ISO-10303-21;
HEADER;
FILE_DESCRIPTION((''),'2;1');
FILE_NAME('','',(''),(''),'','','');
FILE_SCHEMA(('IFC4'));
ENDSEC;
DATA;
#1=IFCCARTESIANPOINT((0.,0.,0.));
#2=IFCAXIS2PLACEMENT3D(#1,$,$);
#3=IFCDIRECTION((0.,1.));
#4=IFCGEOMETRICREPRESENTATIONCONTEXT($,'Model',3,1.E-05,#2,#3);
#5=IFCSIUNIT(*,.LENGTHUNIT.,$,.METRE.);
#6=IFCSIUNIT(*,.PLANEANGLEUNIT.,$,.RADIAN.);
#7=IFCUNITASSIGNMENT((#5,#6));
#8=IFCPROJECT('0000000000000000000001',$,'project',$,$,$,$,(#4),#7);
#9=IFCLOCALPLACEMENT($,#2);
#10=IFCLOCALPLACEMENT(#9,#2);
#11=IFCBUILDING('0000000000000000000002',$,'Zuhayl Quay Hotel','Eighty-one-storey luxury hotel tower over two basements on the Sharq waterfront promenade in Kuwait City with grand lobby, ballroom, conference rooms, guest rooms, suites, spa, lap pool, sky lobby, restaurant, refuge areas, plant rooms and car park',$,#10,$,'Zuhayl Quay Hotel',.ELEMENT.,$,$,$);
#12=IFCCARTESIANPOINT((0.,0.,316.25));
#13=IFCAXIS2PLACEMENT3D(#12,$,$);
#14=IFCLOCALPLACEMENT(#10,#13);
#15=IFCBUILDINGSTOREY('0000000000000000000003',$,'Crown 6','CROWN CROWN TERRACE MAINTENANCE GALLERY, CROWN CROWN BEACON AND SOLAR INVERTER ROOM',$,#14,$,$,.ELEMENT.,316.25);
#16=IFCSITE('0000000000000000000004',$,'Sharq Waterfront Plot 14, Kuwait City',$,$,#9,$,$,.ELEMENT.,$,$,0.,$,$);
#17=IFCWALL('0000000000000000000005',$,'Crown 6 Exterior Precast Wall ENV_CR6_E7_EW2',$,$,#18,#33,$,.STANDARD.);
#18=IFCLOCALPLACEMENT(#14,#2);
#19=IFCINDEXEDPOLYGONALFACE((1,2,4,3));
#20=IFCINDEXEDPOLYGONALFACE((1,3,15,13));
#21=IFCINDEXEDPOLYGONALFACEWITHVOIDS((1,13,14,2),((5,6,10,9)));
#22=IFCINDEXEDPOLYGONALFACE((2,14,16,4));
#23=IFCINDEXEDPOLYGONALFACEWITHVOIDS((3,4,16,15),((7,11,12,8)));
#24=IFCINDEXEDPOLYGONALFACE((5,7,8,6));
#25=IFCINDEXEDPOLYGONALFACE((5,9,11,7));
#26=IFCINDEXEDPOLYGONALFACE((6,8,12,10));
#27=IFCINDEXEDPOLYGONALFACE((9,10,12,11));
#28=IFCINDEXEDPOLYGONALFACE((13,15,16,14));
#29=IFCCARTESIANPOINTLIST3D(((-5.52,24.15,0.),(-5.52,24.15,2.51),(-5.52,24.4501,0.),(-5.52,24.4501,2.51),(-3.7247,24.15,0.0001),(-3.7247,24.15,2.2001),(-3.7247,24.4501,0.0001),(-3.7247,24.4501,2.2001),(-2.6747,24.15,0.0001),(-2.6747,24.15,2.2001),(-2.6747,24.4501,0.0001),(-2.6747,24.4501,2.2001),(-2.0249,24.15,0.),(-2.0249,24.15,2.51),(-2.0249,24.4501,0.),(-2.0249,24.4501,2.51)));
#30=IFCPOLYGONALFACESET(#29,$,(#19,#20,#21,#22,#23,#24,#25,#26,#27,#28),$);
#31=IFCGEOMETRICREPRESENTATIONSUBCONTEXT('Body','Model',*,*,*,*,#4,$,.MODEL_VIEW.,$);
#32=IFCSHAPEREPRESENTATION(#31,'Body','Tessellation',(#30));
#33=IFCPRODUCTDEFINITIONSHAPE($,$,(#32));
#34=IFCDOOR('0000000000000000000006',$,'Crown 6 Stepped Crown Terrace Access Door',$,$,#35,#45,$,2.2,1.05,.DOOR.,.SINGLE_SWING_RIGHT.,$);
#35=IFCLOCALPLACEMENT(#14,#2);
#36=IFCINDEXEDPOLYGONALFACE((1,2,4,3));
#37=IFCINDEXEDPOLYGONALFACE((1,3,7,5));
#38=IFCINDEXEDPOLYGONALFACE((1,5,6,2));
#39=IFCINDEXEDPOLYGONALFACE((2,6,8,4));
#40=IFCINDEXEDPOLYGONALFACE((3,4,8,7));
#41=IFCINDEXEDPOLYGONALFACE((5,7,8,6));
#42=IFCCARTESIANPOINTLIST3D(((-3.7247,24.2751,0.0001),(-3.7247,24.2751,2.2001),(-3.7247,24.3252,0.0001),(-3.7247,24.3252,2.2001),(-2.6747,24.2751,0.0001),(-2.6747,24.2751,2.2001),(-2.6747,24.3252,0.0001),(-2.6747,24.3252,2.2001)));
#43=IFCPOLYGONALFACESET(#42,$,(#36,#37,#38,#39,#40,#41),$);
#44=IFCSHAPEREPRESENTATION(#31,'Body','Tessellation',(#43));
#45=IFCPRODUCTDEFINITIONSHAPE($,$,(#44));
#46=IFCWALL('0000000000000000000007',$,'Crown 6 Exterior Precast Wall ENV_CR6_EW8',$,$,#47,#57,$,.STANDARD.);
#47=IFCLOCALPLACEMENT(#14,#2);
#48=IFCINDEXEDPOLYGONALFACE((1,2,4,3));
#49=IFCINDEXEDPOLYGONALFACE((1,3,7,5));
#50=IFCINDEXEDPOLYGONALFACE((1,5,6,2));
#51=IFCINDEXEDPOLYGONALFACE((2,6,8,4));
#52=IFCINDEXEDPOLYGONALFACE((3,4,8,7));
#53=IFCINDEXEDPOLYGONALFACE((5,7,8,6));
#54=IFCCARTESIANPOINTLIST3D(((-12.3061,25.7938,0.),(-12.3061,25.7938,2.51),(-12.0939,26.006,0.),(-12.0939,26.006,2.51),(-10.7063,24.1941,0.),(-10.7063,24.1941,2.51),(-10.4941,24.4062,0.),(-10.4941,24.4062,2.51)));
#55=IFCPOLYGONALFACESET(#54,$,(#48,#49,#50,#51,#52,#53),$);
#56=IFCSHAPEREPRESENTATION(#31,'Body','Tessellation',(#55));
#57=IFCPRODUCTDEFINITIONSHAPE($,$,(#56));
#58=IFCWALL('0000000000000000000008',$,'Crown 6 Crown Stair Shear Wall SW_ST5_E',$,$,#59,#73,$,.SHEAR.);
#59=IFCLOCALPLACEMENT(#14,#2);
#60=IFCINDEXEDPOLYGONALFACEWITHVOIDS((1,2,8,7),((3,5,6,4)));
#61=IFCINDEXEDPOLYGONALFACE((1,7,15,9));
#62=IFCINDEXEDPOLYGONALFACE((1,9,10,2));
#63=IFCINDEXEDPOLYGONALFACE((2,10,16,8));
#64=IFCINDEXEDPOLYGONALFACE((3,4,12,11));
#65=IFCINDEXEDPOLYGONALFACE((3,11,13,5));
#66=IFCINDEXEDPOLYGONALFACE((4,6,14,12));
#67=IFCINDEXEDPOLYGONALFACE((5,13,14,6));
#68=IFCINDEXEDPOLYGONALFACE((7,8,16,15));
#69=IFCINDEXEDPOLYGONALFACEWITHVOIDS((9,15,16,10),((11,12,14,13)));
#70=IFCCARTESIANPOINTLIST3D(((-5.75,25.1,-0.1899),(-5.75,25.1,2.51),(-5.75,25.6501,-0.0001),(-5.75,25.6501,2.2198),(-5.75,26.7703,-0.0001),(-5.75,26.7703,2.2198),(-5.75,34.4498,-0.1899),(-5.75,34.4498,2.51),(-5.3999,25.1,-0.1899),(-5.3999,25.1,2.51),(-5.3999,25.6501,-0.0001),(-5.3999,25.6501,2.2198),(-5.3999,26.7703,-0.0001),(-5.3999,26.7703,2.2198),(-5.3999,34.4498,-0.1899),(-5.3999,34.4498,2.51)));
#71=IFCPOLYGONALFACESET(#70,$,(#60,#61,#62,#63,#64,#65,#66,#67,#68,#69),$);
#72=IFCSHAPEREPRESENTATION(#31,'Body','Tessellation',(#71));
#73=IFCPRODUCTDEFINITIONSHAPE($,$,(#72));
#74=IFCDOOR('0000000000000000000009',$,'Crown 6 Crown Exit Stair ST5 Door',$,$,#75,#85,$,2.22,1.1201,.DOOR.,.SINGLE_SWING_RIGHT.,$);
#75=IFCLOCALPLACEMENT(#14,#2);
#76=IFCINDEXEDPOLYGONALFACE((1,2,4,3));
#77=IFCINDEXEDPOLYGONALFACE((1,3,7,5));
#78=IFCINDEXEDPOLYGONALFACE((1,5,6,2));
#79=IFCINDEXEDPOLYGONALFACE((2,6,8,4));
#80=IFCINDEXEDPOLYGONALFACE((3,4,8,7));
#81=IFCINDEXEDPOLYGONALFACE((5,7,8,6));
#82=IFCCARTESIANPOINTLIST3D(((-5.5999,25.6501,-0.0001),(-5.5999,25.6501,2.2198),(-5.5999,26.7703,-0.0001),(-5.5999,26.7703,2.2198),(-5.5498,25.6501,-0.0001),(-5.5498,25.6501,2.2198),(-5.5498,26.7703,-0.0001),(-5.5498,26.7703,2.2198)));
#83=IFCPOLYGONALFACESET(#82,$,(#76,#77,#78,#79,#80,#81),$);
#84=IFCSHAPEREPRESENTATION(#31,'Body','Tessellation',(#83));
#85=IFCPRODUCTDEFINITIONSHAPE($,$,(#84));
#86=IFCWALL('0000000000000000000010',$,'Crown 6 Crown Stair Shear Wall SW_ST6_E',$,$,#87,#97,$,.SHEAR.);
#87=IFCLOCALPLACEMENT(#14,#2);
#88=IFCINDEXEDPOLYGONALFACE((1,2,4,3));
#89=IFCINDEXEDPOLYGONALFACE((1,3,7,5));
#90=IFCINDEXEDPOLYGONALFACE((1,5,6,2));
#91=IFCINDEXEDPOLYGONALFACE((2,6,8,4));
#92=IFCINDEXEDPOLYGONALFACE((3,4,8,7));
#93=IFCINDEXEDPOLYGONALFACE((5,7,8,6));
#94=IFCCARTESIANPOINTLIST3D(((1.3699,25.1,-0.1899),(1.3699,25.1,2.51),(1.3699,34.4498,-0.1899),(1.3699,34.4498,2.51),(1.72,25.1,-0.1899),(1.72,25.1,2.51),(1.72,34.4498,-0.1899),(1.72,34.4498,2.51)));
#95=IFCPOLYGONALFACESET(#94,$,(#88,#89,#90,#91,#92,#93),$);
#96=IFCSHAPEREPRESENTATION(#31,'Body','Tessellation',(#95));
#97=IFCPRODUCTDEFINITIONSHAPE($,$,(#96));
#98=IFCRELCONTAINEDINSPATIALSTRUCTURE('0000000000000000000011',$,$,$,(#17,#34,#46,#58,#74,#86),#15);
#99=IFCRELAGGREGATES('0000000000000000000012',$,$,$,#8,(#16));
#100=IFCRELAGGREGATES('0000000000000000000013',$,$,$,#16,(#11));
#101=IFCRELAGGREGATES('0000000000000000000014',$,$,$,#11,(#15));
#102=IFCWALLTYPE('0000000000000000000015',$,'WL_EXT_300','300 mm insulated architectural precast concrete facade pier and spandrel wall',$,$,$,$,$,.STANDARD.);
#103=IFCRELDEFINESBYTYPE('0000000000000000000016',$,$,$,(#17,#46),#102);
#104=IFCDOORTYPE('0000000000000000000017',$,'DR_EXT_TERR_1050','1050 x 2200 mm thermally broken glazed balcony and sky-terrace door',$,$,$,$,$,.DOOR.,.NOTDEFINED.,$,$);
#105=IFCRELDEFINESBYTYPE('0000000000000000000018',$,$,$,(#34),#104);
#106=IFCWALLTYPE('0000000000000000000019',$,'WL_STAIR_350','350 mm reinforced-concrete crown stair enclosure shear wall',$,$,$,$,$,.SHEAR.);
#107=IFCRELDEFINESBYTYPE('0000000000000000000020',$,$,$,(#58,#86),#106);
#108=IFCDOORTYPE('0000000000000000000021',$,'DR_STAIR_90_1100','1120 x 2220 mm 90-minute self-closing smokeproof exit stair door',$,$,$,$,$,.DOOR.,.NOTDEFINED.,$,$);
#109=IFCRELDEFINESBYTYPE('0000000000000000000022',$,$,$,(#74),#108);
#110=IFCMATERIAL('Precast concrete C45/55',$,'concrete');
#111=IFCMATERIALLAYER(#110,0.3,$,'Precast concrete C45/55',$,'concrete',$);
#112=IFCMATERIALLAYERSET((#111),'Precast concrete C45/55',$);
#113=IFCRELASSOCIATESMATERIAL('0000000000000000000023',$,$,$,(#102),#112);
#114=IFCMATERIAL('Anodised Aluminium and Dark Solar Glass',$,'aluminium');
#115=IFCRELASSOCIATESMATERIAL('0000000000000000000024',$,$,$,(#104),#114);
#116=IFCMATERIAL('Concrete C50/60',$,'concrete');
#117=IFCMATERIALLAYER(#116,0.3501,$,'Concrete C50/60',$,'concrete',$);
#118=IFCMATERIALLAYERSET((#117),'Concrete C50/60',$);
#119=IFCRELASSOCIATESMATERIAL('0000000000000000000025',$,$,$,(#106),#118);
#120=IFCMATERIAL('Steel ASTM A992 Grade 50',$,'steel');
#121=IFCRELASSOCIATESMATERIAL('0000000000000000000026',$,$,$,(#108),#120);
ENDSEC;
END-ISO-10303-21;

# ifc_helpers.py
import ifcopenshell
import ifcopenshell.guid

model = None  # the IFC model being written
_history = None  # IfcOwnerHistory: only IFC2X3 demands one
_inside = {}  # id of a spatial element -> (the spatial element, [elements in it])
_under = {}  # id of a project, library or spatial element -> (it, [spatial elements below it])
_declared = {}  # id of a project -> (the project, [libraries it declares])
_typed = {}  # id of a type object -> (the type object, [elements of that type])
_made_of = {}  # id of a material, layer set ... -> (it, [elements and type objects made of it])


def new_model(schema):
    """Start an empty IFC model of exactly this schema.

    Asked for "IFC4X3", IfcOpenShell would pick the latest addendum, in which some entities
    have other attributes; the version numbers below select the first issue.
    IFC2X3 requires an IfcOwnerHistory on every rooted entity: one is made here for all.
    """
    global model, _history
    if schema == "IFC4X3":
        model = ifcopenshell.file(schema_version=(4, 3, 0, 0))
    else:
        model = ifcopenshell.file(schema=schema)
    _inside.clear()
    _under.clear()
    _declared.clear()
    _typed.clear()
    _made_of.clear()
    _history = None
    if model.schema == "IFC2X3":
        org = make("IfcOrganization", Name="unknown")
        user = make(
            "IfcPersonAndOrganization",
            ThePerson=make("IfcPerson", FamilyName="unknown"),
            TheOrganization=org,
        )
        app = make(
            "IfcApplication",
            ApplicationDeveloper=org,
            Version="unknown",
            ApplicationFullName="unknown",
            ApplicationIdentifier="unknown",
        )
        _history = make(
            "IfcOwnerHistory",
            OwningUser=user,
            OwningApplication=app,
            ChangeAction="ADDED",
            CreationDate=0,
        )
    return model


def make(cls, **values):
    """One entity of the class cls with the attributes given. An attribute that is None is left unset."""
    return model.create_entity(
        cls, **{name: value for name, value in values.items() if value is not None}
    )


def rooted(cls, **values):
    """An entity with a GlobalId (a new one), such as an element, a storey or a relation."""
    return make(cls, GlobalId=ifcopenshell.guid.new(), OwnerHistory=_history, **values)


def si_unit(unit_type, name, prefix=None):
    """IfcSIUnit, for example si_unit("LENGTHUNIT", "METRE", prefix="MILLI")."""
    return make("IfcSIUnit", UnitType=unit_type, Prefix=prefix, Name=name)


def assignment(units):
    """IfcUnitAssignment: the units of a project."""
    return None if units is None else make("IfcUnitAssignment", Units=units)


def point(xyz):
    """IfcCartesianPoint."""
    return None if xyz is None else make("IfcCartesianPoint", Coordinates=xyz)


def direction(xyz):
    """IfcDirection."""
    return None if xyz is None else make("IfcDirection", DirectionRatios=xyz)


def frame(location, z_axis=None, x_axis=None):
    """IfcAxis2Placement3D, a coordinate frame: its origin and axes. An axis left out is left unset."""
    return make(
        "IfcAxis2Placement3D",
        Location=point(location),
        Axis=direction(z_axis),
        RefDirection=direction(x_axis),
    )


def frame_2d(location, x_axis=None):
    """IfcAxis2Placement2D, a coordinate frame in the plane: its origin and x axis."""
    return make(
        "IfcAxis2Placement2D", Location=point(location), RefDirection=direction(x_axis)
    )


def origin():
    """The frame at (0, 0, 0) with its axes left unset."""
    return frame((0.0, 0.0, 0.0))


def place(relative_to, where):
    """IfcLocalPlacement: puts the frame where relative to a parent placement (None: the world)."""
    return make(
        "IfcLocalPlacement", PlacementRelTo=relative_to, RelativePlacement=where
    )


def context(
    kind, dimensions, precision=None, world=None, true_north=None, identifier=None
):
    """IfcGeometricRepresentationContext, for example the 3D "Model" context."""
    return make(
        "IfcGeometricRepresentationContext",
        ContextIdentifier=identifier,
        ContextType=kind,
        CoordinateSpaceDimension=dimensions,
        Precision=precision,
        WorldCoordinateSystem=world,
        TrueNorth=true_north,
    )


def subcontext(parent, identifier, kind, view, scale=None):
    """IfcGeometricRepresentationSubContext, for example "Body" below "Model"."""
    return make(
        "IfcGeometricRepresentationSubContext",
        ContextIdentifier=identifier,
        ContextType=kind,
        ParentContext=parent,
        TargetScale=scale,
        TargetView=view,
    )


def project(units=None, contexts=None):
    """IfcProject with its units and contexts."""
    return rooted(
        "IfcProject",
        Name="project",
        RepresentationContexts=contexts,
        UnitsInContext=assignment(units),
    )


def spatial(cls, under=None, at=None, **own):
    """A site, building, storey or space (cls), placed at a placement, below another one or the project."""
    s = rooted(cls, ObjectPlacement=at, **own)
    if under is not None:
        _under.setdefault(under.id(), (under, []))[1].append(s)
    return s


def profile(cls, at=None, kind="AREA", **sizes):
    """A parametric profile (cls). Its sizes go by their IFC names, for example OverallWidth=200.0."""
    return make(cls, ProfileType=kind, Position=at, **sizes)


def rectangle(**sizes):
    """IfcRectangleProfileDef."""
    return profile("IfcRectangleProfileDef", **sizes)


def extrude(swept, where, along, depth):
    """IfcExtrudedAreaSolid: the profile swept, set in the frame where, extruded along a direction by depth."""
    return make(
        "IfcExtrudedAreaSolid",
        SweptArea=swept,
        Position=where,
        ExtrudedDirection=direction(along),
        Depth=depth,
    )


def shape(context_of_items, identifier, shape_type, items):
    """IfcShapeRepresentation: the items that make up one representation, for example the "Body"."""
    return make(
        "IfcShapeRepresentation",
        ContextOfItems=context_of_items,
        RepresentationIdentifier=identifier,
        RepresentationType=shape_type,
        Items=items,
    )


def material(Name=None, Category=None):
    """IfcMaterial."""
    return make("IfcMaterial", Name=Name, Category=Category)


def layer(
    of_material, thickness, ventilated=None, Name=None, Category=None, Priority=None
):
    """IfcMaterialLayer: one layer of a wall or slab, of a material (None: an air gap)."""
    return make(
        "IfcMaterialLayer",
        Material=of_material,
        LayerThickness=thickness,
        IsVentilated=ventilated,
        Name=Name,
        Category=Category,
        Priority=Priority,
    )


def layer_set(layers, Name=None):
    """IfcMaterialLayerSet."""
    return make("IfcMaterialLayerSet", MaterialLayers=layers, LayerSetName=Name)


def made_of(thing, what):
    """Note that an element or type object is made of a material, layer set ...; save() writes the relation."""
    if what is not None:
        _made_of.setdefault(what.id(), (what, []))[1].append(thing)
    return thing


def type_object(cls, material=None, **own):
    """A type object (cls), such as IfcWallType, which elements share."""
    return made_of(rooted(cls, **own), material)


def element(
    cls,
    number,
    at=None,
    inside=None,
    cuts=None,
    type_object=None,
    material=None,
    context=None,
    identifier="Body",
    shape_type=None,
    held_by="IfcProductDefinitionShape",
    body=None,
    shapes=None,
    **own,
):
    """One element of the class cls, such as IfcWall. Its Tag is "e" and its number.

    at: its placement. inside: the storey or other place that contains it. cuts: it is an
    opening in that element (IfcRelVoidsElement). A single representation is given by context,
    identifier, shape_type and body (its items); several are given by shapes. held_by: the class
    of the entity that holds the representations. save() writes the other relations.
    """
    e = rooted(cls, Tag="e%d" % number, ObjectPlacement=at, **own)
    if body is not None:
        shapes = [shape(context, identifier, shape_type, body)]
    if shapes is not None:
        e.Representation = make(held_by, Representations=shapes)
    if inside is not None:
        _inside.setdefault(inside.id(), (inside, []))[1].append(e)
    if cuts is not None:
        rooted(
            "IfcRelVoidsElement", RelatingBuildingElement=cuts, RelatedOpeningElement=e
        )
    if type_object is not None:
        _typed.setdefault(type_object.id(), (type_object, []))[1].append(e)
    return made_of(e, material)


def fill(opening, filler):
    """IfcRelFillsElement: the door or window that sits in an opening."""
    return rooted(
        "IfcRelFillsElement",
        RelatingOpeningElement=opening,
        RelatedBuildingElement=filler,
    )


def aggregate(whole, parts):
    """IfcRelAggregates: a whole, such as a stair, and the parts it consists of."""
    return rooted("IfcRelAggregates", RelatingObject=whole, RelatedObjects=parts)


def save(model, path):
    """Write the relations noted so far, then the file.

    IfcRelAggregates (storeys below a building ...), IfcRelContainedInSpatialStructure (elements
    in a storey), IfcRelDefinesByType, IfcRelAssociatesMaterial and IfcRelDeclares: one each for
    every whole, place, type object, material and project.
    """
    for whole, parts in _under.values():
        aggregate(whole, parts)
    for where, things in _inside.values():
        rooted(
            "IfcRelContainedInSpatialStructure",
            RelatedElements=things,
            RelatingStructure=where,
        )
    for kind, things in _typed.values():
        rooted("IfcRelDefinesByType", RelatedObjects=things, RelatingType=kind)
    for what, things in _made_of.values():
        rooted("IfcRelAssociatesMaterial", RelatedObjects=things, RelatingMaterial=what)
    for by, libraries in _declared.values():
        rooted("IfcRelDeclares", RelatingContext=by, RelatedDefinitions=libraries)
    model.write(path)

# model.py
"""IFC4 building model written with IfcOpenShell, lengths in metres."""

from ifc_helpers import new_model, si_unit, direction, frame, frame_2d, origin, place, context, subcontext, project, spatial, rectangle, extrude, material, layer, layer_set, type_object, element, fill, save


model = new_model("IFC4")

# Units and contexts
model_context = context("Model", 3, precision=1e-05, world=origin(), true_north=direction((0.0, 1.0)))
body_context = subcontext(model_context, "Body", "Model", "MODEL_VIEW")
ifc_project = project(units=[si_unit("LENGTHUNIT", "METRE"), si_unit("PLANEANGLEUNIT", "RADIAN")], contexts=[model_context])

# Site, building, storey
site_placement = place(None, origin())
site = spatial("IfcSite", under=ifc_project, at=site_placement, Name="Sharq Waterfront Plot 14, Kuwait City", CompositionType="ELEMENT", RefElevation=0.0)
building_placement = place(site_placement, origin())
building = spatial("IfcBuilding", under=site, at=building_placement, Name="Zuhayl Quay Hotel", Description="Eighty-one-storey luxury hotel tower over two basements on the Sharq waterfront promenade in Kuwait City with grand lobby, ballroom, conference rooms, guest rooms, suites, spa, lap pool, sky lobby, restaurant, refuge areas, plant rooms and car park", LongName="Zuhayl Quay Hotel", CompositionType="ELEMENT")
storey_placement = place(building_placement, frame((0.0, 0.0, 316.25)))
storey = spatial("IfcBuildingStorey", under=building, at=storey_placement, Name="Crown 6", Description="CROWN CROWN TERRACE MAINTENANCE GALLERY, CROWN CROWN BEACON AND SOLAR INVERTER ROOM", CompositionType="ELEMENT", Elevation=316.25)

# Shared definitions
ifc_material_1 = material(Name="Steel ASTM A992 Grade 50", Category="steel")

# Shared definitions
ifc_material_2 = material(Name="Precast concrete C45/55", Category="concrete")
ifc_layer_1 = layer(ifc_material_2, 0.3, Name="Precast concrete C45/55", Category="concrete")
ifc_layer_set_1 = layer_set([ifc_layer_1], Name="Precast concrete C45/55")
wall_type_1 = type_object("IfcWallType", Name="WL_EXT_300", Description="300 mm insulated architectural precast concrete facade pier and spandrel wall", PredefinedType="STANDARD", material=ifc_layer_set_1)

# Wall, opening, door
wall_1_placement = place(storey_placement, frame((-2.0249, 24.3, 0.0), z_axis=(0.0, 0.0, 1.0), x_axis=(-1.0, 0.0, 0.0)))
wall_1 = element("IfcWall", 1, at=wall_1_placement, inside=storey, type_object=wall_type_1, Name="Crown 6 Exterior Precast Wall ENV_CR6_E7_EW2", PredefinedType="STANDARD", context=body_context, shape_type="SweptSolid", body=[
    extrude(rectangle(XDim=3.4951, YDim=0.3, at=frame_2d((1.7476, 0.0))), origin(), (0.0, 0.0, 1.0), 2.51),
])
opening_1_placement = place(wall_1_placement, frame((0.6499, 0.0, 0.0)))
opening_1 = element("IfcOpeningElement", 2, at=opening_1_placement, cuts=wall_1, PredefinedType="OPENING", context=body_context, shape_type="SweptSolid", body=[
    extrude(rectangle(XDim=1.05, YDim=2.2, at=frame_2d((0.5249, 1.1001))), frame((0.0, 0.1599, 0.0), z_axis=(0.0, -1.0, 0.0), x_axis=(1.0, 0.0, 0.0)), (0.0, 0.0, 1.0), 0.3201),
])
ifc_material_3 = material(Name="Anodised Aluminium and Dark Solar Glass", Category="aluminium")
door_type_1 = type_object("IfcDoorType", Name="DR_EXT_TERR_1050", Description="1050 x 2200 mm thermally broken glazed balcony and sky-terrace door", OperationType="NOTDEFINED", PredefinedType="DOOR", material=ifc_material_3)
door_1_placement = place(opening_1_placement, origin())
door_1 = element("IfcDoor", 3, at=door_1_placement, inside=storey, type_object=door_type_1, Name="Crown 6 Stepped Crown Terrace Access Door", OperationType="SINGLE_SWING_RIGHT", OverallHeight=2.2, OverallWidth=1.05, PredefinedType="DOOR", context=body_context, shape_type="SweptSolid", body=[
    extrude(rectangle(XDim=1.05, YDim=2.2, at=frame_2d((0.5249, 1.1001))), frame((0.0, 0.0249, 0.0), z_axis=(0.0, -1.0, 0.0), x_axis=(1.0, 0.0, 0.0)), (0.0, 0.0, 1.0), 0.05),
])
fill(opening_1, door_1)

# Wall
wall_2_placement = place(storey_placement, frame((-10.6001, 24.3, 0.0), z_axis=(0.0, 0.0, 1.0), x_axis=(-0.707107, 0.707107, 0.0)))
element("IfcWall", 4, at=wall_2_placement, inside=storey, type_object=wall_type_1, Name="Crown 6 Exterior Precast Wall ENV_CR6_EW8", PredefinedType="STANDARD", context=body_context, shape_type="SweptSolid", body=[
    extrude(rectangle(XDim=2.2625, YDim=0.3, at=frame_2d((1.1313, 0.0))), origin(), (0.0, 0.0, 1.0), 2.51),
])

# Wall, opening, door
ifc_material_4 = material(Name="Concrete C50/60", Category="concrete")
ifc_layer_2 = layer(ifc_material_4, 0.3501, Name="Concrete C50/60", Category="concrete")
ifc_layer_set_2 = layer_set([ifc_layer_2], Name="Concrete C50/60")
wall_type_2 = type_object("IfcWallType", Name="WL_STAIR_350", Description="350 mm reinforced-concrete crown stair enclosure shear wall", PredefinedType="SHEAR", material=ifc_layer_set_2)
wall_3_placement = place(storey_placement, frame((-5.575, 25.1001, -0.1899), z_axis=(0.0, 0.0, 1.0), x_axis=(0.0, 1.0, 0.0)))
wall_3 = element("IfcWall", 5, at=wall_3_placement, inside=storey, type_object=wall_type_2, Name="Crown 6 Crown Stair Shear Wall SW_ST5_E", PredefinedType="SHEAR", context=body_context, shape_type="SweptSolid", body=[
    extrude(rectangle(XDim=9.3499, YDim=0.3501, at=frame_2d((4.6748, 0.0))), origin(), (0.0, 0.0, 1.0), 2.7),
])
opening_2_placement = place(wall_3_placement, frame((0.55, 0.0, 0.1899)))
opening_2 = element("IfcOpeningElement", 6, at=opening_2_placement, cuts=wall_3, PredefinedType="OPENING", context=body_context, shape_type="SweptSolid", body=[
    extrude(rectangle(XDim=1.1201, YDim=2.22, at=frame_2d((0.5601, 1.1099))), frame((0.0, 0.1851, 0.0), z_axis=(0.0, -1.0, 0.0), x_axis=(1.0, 0.0, 0.0)), (0.0, 0.0, 1.0), 0.3701),
])
door_type_2 = type_object("IfcDoorType", Name="DR_STAIR_90_1100", Description="1120 x 2220 mm 90-minute self-closing smokeproof exit stair door", OperationType="NOTDEFINED", PredefinedType="DOOR", material=ifc_material_1)
door_2_placement = place(opening_2_placement, origin())
door_2 = element("IfcDoor", 7, at=door_2_placement, inside=storey, type_object=door_type_2, Name="Crown 6 Crown Exit Stair ST5 Door", OperationType="SINGLE_SWING_RIGHT", OverallHeight=2.22, OverallWidth=1.1201, PredefinedType="DOOR", context=body_context, shape_type="SweptSolid", body=[
    extrude(rectangle(XDim=1.1201, YDim=2.22, at=frame_2d((0.5601, 1.1099))), frame((0.0, 0.0249, 0.0), z_axis=(0.0, -1.0, 0.0), x_axis=(1.0, 0.0, 0.0)), (0.0, 0.0, 1.0), 0.05),
])
fill(opening_2, door_2)

# Wall
wall_4_placement = place(storey_placement, frame((1.5449, 25.1001, -0.1899), z_axis=(0.0, 0.0, 1.0), x_axis=(0.0, 1.0, 0.0)))
element("IfcWall", 8, at=wall_4_placement, inside=storey, type_object=wall_type_2, Name="Crown 6 Crown Stair Shear Wall SW_ST6_E", PredefinedType="SHEAR", context=body_context, shape_type="SweptSolid", body=[
    extrude(rectangle(XDim=9.3499, YDim=0.3501, at=frame_2d((4.6748, 0.0))), origin(), (0.0, 0.0, 1.0), 2.7),
])

save(model, "model.ifc")
